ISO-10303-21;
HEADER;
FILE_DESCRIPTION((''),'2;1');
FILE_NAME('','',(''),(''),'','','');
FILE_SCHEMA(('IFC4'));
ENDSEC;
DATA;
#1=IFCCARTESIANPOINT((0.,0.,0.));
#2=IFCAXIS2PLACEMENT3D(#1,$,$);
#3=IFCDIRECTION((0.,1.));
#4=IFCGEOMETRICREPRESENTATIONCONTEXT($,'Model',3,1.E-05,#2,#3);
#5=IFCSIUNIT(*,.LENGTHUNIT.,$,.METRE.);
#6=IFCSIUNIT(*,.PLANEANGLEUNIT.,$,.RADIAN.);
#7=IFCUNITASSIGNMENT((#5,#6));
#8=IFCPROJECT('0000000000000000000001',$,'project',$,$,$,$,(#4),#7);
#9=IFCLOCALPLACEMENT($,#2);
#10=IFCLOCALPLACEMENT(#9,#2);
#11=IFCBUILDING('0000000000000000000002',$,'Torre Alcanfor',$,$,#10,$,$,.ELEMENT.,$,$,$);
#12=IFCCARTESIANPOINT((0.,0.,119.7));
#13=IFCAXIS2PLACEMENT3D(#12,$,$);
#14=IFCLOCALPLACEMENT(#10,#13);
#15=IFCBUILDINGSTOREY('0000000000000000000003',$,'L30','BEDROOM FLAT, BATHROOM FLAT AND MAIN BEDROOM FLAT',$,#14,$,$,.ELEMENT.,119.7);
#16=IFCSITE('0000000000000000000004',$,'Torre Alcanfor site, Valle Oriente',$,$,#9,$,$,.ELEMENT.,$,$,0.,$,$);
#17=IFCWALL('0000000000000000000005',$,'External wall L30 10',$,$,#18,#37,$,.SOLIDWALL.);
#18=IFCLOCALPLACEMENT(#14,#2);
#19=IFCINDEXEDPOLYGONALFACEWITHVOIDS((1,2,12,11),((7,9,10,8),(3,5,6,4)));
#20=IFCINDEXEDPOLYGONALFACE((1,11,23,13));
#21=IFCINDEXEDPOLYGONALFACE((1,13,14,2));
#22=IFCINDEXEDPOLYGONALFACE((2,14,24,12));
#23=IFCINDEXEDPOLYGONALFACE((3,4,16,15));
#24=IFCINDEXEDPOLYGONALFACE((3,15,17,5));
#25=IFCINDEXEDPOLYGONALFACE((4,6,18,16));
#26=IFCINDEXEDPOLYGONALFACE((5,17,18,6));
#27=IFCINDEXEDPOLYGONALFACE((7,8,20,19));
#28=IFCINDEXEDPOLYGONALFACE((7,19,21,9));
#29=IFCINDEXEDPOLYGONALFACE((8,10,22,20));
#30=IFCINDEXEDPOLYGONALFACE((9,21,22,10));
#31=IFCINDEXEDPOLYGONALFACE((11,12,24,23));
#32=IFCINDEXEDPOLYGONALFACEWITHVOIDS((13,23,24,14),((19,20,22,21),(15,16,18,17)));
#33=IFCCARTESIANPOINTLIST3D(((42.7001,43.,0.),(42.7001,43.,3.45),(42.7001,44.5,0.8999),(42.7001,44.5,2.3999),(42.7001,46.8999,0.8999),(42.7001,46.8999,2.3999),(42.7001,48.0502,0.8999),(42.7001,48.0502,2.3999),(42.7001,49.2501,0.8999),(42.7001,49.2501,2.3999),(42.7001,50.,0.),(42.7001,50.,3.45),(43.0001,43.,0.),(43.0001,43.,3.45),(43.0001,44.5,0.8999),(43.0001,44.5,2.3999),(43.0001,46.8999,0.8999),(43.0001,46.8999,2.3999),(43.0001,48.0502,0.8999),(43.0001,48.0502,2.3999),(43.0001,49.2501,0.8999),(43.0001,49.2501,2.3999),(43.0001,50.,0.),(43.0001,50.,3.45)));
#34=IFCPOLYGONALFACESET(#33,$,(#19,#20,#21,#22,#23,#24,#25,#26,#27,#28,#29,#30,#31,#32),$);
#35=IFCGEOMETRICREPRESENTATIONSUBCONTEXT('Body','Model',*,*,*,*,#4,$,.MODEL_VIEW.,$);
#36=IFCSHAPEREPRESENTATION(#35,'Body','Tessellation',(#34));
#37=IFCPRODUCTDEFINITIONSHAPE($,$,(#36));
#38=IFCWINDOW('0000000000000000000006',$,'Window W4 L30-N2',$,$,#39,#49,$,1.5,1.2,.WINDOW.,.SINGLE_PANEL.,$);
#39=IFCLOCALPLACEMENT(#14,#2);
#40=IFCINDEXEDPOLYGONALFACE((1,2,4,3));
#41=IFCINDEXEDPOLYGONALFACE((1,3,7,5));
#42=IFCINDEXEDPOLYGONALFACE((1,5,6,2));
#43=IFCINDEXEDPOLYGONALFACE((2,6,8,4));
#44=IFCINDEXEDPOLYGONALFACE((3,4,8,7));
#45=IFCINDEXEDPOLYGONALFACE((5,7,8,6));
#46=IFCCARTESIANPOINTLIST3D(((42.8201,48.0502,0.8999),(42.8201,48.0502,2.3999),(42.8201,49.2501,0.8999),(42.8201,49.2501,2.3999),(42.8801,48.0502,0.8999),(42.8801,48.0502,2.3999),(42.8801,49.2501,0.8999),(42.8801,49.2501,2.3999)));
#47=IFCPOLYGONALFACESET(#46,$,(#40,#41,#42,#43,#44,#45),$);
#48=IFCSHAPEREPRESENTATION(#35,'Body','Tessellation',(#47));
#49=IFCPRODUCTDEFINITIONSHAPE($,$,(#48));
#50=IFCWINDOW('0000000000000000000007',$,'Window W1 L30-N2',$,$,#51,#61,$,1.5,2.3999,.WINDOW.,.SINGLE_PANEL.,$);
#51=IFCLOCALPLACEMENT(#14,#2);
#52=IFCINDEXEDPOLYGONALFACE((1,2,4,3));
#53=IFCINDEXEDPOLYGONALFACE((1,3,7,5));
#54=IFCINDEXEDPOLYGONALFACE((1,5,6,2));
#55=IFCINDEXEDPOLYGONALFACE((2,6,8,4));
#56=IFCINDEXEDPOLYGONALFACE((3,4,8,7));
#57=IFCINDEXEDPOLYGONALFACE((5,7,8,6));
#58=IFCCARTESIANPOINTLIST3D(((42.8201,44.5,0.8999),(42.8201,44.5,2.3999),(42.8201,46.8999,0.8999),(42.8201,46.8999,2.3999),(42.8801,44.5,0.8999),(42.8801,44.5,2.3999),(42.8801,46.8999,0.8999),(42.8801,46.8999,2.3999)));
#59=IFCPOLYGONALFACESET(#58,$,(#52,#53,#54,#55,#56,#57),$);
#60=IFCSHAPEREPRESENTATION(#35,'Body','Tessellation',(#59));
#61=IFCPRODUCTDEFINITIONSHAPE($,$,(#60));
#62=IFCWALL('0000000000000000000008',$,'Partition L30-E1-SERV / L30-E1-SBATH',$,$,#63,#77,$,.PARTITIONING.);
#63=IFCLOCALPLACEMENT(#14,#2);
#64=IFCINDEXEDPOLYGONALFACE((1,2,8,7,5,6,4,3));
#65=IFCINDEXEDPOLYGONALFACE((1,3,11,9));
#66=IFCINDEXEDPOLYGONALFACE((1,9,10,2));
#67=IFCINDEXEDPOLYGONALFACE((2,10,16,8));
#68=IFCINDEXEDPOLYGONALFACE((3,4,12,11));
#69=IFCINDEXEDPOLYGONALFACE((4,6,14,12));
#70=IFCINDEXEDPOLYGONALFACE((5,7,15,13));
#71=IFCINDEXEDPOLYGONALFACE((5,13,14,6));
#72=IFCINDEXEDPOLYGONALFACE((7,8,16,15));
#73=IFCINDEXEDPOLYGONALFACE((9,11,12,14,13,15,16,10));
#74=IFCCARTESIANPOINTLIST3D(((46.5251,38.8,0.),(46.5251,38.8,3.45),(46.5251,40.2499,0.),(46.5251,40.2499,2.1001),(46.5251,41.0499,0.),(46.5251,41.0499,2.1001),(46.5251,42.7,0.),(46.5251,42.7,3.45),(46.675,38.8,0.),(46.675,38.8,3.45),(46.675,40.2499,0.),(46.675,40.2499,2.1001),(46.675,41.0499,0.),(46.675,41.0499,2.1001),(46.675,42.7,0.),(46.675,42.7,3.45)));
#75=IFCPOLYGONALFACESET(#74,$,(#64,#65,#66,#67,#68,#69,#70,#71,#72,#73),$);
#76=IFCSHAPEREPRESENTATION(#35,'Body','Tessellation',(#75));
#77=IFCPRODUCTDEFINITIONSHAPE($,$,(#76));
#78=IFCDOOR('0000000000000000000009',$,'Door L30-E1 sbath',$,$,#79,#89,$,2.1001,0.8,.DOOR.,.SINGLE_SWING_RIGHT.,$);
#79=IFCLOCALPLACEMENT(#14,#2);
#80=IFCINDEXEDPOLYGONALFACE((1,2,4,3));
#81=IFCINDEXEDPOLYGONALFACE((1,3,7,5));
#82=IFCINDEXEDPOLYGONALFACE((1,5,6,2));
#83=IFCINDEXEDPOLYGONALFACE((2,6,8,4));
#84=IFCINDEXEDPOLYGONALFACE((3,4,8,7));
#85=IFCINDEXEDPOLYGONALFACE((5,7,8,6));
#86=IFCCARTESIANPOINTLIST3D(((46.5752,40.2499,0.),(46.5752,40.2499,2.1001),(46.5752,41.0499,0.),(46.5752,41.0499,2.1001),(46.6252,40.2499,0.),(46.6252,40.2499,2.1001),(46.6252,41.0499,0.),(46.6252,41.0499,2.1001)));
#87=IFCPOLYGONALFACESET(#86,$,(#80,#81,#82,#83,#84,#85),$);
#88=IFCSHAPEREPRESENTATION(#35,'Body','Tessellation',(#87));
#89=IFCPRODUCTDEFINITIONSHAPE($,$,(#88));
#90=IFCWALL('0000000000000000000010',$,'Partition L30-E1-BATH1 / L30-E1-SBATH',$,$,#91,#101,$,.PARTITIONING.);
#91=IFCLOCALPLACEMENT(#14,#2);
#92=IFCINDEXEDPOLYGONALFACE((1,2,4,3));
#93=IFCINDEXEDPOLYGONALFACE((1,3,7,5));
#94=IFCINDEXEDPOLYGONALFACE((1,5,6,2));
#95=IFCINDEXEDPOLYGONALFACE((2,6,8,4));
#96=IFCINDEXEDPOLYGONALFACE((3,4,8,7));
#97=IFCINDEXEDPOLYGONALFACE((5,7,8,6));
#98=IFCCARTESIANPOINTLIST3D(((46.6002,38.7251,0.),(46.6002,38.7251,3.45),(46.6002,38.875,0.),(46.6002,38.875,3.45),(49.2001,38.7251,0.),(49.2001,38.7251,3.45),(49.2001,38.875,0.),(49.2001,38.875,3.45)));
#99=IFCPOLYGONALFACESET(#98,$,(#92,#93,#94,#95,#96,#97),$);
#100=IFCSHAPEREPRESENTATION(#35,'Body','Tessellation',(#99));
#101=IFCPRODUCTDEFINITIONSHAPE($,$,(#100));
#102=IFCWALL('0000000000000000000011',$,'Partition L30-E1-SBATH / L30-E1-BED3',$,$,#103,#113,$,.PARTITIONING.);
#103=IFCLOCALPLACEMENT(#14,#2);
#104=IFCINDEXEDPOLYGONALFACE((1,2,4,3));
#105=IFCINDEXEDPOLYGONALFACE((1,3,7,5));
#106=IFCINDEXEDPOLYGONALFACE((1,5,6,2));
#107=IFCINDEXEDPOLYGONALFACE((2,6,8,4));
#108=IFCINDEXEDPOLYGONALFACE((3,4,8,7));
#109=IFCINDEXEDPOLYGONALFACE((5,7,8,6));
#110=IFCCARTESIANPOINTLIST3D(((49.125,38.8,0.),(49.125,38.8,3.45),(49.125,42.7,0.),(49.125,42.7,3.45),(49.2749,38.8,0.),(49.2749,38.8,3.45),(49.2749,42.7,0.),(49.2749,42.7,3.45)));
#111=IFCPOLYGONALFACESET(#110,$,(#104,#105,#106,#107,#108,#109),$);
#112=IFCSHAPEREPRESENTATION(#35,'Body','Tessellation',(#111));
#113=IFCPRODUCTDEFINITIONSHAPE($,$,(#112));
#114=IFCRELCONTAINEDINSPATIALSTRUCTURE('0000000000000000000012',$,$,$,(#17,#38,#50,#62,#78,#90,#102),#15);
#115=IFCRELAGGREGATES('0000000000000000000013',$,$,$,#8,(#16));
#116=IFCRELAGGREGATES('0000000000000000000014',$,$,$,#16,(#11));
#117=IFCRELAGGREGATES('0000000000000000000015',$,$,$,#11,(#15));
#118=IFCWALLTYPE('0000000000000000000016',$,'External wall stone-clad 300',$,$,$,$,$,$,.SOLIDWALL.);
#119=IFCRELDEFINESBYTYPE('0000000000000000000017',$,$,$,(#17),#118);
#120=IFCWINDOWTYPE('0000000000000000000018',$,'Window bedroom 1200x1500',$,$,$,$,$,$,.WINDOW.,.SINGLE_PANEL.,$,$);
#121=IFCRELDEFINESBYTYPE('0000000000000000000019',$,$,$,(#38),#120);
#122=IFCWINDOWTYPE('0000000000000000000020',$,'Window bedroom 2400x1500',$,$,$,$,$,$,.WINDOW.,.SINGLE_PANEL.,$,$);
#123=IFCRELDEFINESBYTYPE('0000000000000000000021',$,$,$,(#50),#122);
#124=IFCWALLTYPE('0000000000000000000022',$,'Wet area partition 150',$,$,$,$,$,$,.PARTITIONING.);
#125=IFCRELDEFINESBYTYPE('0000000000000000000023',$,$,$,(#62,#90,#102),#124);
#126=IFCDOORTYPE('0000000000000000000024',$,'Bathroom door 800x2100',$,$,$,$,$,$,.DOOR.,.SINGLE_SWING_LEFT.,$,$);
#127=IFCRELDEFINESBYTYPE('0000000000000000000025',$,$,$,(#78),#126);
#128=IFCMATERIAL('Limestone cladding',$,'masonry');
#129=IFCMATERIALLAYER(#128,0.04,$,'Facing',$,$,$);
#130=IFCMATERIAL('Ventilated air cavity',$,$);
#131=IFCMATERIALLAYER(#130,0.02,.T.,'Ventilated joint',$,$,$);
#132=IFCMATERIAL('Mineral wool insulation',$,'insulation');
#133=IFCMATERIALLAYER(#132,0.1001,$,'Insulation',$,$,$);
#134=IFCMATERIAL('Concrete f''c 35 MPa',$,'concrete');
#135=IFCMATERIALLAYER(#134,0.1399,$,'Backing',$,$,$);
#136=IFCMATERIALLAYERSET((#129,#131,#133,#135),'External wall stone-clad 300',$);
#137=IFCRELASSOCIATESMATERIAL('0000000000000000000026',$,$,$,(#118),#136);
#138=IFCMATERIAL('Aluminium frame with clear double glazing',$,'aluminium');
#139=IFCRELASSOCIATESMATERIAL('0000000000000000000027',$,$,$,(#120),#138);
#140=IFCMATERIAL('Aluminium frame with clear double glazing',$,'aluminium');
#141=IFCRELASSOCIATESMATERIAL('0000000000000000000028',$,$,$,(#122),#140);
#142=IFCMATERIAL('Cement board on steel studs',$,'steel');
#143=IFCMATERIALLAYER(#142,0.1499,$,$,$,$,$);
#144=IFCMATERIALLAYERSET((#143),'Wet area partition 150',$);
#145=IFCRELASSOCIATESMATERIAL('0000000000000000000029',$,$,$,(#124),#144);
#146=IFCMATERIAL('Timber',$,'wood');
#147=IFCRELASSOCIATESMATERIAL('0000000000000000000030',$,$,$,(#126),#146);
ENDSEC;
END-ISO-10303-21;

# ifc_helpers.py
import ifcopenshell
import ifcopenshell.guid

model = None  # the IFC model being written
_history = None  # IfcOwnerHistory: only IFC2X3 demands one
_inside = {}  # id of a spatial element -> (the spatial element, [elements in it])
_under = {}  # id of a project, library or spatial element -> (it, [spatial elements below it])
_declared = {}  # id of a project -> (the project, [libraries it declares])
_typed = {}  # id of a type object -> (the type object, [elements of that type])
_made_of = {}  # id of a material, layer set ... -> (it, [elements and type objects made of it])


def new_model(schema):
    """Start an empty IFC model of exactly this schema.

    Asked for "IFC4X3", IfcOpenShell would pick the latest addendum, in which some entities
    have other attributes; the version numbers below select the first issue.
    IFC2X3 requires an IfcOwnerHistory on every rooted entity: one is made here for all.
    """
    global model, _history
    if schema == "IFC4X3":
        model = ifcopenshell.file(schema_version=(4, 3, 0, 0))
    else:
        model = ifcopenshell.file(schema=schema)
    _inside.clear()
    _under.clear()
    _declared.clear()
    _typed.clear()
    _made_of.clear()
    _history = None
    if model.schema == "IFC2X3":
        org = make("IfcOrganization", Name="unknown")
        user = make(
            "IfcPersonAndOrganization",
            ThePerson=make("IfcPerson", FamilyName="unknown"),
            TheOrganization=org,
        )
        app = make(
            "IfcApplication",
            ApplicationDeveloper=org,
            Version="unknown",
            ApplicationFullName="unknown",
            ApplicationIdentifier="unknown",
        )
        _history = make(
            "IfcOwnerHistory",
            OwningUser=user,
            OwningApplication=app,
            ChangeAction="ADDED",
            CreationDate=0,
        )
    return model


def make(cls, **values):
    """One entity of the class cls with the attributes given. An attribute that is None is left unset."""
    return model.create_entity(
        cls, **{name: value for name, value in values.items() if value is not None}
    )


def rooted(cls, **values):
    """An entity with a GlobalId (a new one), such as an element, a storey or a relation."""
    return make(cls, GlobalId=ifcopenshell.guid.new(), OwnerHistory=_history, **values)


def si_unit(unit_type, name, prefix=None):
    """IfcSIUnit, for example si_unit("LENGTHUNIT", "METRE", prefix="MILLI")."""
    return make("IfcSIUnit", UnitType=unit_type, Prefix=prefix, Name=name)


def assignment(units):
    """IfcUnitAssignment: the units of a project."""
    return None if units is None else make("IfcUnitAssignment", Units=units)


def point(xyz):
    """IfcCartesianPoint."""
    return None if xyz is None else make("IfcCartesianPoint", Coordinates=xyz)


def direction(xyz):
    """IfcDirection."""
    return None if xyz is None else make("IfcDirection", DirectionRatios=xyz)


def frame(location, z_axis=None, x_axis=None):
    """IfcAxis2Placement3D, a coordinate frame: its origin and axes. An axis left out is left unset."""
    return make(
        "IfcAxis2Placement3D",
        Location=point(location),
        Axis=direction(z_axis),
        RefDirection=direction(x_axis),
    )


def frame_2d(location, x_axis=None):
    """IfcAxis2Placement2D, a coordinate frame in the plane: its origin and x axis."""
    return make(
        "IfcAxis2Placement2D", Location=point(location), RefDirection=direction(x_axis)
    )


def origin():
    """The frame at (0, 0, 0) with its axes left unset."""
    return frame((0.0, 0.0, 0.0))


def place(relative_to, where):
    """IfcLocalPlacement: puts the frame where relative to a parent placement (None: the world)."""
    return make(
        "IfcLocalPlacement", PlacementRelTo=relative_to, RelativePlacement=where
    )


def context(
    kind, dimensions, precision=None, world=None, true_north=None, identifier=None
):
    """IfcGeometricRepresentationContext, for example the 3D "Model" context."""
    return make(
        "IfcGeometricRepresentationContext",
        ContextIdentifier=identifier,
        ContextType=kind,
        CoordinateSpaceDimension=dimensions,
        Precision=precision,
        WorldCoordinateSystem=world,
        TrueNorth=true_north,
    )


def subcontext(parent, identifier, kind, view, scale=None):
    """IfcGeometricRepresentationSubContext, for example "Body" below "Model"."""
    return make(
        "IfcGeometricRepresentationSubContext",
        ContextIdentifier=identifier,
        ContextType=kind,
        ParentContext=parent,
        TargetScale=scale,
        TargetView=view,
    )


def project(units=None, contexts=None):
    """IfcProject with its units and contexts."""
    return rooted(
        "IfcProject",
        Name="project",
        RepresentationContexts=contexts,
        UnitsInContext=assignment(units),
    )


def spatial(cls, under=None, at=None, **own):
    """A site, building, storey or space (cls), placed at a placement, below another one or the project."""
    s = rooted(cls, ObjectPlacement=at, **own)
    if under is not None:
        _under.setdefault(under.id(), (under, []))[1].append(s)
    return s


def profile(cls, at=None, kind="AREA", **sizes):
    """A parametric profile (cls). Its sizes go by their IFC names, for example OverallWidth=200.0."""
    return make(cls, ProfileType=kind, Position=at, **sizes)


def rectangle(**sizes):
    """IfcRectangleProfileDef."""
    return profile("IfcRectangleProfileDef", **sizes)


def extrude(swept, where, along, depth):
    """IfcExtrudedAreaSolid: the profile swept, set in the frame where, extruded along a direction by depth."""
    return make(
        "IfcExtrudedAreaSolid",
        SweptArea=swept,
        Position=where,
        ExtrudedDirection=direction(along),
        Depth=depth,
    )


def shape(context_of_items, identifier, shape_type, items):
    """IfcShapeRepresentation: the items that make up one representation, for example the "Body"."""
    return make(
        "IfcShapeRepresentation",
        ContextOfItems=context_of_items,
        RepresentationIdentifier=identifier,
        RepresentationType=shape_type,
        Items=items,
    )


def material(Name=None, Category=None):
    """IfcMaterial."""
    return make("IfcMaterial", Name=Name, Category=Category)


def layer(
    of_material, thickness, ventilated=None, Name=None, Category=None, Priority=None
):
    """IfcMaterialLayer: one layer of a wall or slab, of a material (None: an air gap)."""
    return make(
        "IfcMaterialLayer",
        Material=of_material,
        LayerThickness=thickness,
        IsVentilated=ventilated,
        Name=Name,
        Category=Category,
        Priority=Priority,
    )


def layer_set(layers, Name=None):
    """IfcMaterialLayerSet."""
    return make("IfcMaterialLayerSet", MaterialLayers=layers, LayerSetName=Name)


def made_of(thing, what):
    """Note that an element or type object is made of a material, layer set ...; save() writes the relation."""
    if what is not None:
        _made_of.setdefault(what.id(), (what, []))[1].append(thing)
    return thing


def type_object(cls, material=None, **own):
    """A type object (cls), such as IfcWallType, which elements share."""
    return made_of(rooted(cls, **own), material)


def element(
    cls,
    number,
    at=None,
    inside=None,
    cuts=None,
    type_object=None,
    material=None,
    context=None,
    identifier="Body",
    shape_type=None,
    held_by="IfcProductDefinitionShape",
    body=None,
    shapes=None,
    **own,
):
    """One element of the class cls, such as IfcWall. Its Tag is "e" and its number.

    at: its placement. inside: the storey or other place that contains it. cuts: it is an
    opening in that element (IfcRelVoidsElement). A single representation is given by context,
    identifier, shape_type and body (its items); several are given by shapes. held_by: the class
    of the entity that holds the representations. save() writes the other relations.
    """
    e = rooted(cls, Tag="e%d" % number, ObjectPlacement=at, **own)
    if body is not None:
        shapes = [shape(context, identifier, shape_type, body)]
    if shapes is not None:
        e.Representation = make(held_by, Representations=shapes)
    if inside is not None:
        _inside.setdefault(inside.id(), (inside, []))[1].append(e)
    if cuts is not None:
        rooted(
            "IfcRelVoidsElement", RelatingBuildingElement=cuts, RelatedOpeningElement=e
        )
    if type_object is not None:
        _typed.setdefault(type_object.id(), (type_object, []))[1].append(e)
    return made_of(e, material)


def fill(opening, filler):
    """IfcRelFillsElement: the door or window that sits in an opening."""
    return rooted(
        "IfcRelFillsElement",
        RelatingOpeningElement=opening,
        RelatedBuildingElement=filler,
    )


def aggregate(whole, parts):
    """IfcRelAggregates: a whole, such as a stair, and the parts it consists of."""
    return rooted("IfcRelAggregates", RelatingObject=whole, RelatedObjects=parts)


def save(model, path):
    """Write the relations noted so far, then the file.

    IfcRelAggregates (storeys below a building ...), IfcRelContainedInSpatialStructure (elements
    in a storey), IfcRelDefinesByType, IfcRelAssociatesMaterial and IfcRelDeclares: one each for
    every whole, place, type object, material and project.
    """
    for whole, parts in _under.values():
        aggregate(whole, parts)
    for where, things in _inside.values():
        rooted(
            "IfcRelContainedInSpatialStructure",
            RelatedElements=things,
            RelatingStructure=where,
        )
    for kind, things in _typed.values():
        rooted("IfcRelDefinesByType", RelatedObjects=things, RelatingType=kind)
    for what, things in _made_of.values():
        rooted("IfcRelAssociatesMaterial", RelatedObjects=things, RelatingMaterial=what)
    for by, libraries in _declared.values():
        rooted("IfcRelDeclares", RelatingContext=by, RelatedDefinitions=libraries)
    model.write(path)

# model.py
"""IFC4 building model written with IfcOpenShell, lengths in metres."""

from ifc_helpers import new_model, si_unit, direction, frame, frame_2d, origin, place, context, subcontext, project, spatial, rectangle, extrude, material, layer, layer_set, type_object, element, fill, save


model = new_model("IFC4")

# Units and contexts
model_context = context("Model", 3, precision=1e-05, world=origin(), true_north=direction((0.0, 1.0)))
body_context = subcontext(model_context, "Body", "Model", "MODEL_VIEW")
ifc_project = project(units=[si_unit("LENGTHUNIT", "METRE"), si_unit("PLANEANGLEUNIT", "RADIAN")], contexts=[model_context])

# Site, building, storey
site_placement = place(None, origin())
site = spatial("IfcSite", under=ifc_project, at=site_placement, Name="Torre Alcanfor site, Valle Oriente", CompositionType="ELEMENT", RefElevation=0.0)
building_placement = place(site_placement, origin())
building = spatial("IfcBuilding", under=site, at=building_placement, Name="Torre Alcanfor", CompositionType="ELEMENT")
storey_placement = place(building_placement, frame((0.0, 0.0, 119.7)))
storey = spatial("IfcBuildingStorey", under=building, at=storey_placement, Name="L30", Description="BEDROOM FLAT, BATHROOM FLAT AND MAIN BEDROOM FLAT", CompositionType="ELEMENT", Elevation=119.7)

# Wall, openings, windows
ifc_material_1 = material(Name="Limestone cladding", Category="masonry")
ifc_layer_1 = layer(ifc_material_1, 0.04, Name="Facing")
ifc_material_2 = material(Name="Ventilated air cavity")
ifc_layer_2 = layer(ifc_material_2, 0.02, ventilated=True, Name="Ventilated joint")
ifc_material_3 = material(Name="Mineral wool insulation", Category="insulation")
ifc_layer_3 = layer(ifc_material_3, 0.1001, Name="Insulation")
ifc_material_4 = material(Name="Concrete f'c 35 MPa", Category="concrete")
ifc_layer_4 = layer(ifc_material_4, 0.1399, Name="Backing")
ifc_layer_set_1 = layer_set([ifc_layer_1, ifc_layer_2, ifc_layer_3, ifc_layer_4], Name="External wall stone-clad 300")
wall_type_1 = type_object("IfcWallType", Name="External wall stone-clad 300", PredefinedType="SOLIDWALL", material=ifc_layer_set_1)
wall_1_placement = place(storey_placement, frame((42.8501, 43.0, 0.0), z_axis=(0.0, 0.0, 1.0), x_axis=(0.0, 1.0, 0.0)))
wall_1 = element("IfcWall", 1, at=wall_1_placement, inside=storey, type_object=wall_type_1, Name="External wall L30 10", PredefinedType="SOLIDWALL", context=body_context, shape_type="SweptSolid", body=[
    extrude(rectangle(XDim=7.0, YDim=0.3, at=frame_2d((3.5, 0.0))), origin(), (0.0, 0.0, 1.0), 3.45),
])
opening_1_placement = place(wall_1_placement, frame((1.5, 0.0, 0.8999)))
opening_1 = element("IfcOpeningElement", 2, at=opening_1_placement, cuts=wall_1, PredefinedType="OPENING", context=body_context, shape_type="SweptSolid", body=[
    extrude(rectangle(XDim=2.3999, YDim=1.5, at=frame_2d((1.2, 0.75))), frame((0.0, 0.1599, 0.0), z_axis=(0.0, -1.0, 0.0), x_axis=(1.0, 0.0, 0.0)), (0.0, 0.0, 1.0), 0.3201),
])
opening_2_placement = place(wall_1_placement, frame((5.05, 0.0, 0.8999)))
opening_2 = element("IfcOpeningElement", 3, at=opening_2_placement, cuts=wall_1, PredefinedType="OPENING", context=body_context, shape_type="SweptSolid", body=[
    extrude(rectangle(XDim=1.2, YDim=1.5, at=frame_2d((0.6001, 0.75))), frame((0.0, 0.1599, 0.0), z_axis=(0.0, -1.0, 0.0), x_axis=(1.0, 0.0, 0.0)), (0.0, 0.0, 1.0), 0.3201),
])
ifc_material_5 = material(Name="Aluminium frame with clear double glazing", Category="aluminium")
window_type_1 = type_object("IfcWindowType", Name="Window bedroom 1200x1500", PartitioningType="SINGLE_PANEL", PredefinedType="WINDOW", material=ifc_material_5)
window_1_placement = place(opening_2_placement, origin())
window_1 = element("IfcWindow", 4, at=window_1_placement, inside=storey, type_object=window_type_1, Name="Window W4 L30-N2", OverallHeight=1.5, OverallWidth=1.2, PartitioningType="SINGLE_PANEL", PredefinedType="WINDOW", context=body_context, shape_type="SweptSolid", body=[
    extrude(rectangle(XDim=1.2, YDim=1.5, at=frame_2d((0.6001, 0.75))), frame((0.0, 0.03, 0.0), z_axis=(0.0, -1.0, 0.0), x_axis=(1.0, 0.0, 0.0)), (0.0, 0.0, 1.0), 0.0601),
])
fill(opening_2, window_1)
ifc_material_6 = material(Name="Aluminium frame with clear double glazing", Category="aluminium")
window_type_2 = type_object("IfcWindowType", Name="Window bedroom 2400x1500", PartitioningType="SINGLE_PANEL", PredefinedType="WINDOW", material=ifc_material_6)
window_2_placement = place(opening_1_placement, origin())
window_2 = element("IfcWindow", 5, at=window_2_placement, inside=storey, type_object=window_type_2, Name="Window W1 L30-N2", OverallHeight=1.5, OverallWidth=2.3999, PartitioningType="SINGLE_PANEL", PredefinedType="WINDOW", context=body_context, shape_type="SweptSolid", body=[
    extrude(rectangle(XDim=2.3999, YDim=1.5, at=frame_2d((1.2, 0.75))), frame((0.0, 0.03, 0.0), z_axis=(0.0, -1.0, 0.0), x_axis=(1.0, 0.0, 0.0)), (0.0, 0.0, 1.0), 0.0601),
])
fill(opening_1, window_2)

# Wall, opening, door
ifc_material_7 = material(Name="Cement board on steel studs", Category="steel")
ifc_layer_5 = layer(ifc_material_7, 0.1499)
ifc_layer_set_2 = layer_set([ifc_layer_5], Name="Wet area partition 150")
wall_type_2 = type_object("IfcWallType", Name="Wet area partition 150", PredefinedType="PARTITIONING", material=ifc_layer_set_2)
wall_2_placement = place(storey_placement, frame((46.6001, 38.8, 0.0), z_axis=(0.0, 0.0, 1.0), x_axis=(0.0, 1.0, 0.0)))
wall_2 = element("IfcWall", 6, at=wall_2_placement, inside=storey, type_object=wall_type_2, Name="Partition L30-E1-SERV / L30-E1-SBATH", PredefinedType="PARTITIONING", context=body_context, shape_type="SweptSolid", body=[
    extrude(rectangle(XDim=3.8999, YDim=0.1499, at=frame_2d((1.95, 0.0))), origin(), (0.0, 0.0, 1.0), 3.45),
])
opening_3_placement = place(wall_2_placement, frame((1.45, 0.0, 0.0)))
opening_3 = element("IfcOpeningElement", 7, at=opening_3_placement, cuts=wall_2, PredefinedType="OPENING", context=body_context, shape_type="SweptSolid", body=[
    extrude(rectangle(XDim=0.8, YDim=2.1001, at=frame_2d((0.3999, 1.05))), frame((0.0, 0.085, 0.0), z_axis=(0.0, -1.0, 0.0), x_axis=(1.0, 0.0, 0.0)), (0.0, 0.0, 1.0), 0.1699),
])
ifc_material_8 = material(Name="Timber", Category="wood")
door_type = type_object("IfcDoorType", Name="Bathroom door 800x2100", OperationType="SINGLE_SWING_LEFT", PredefinedType="DOOR", material=ifc_material_8)
door_placement = place(opening_3_placement, frame((0.8, 0.0, 0.0), z_axis=(0.0, 0.0, 1.0), x_axis=(-1.0, 0.0, 0.0)))
door = element("IfcDoor", 8, at=door_placement, inside=storey, type_object=door_type, Name="Door L30-E1 sbath", OperationType="SINGLE_SWING_RIGHT", OverallHeight=2.1001, OverallWidth=0.8, PredefinedType="DOOR", context=body_context, shape_type="SweptSolid", body=[
    extrude(rectangle(XDim=0.8, YDim=2.1001, at=frame_2d((0.4001, 1.05))), frame((0.0, 0.0251, 0.0), z_axis=(0.0, -1.0, 0.0), x_axis=(1.0, 0.0, 0.0)), (0.0, 0.0, 1.0), 0.05),
])
fill(opening_3, door)

# Walls
wall_3_placement = place(storey_placement, frame((49.2, 38.8, 0.0), z_axis=(0.0, 0.0, 1.0), x_axis=(-1.0, 0.0, 0.0)))
element("IfcWall", 9, at=wall_3_placement, inside=storey, type_object=wall_type_2, Name="Partition L30-E1-BATH1 / L30-E1-SBATH", PredefinedType="PARTITIONING", context=body_context, shape_type="SweptSolid", body=[
    extrude(rectangle(XDim=2.5999, YDim=0.1499, at=frame_2d((1.2998, 0.0))), origin(), (0.0, 0.0, 1.0), 3.45),
])
wall_4_placement = place(storey_placement, frame((49.2, 38.8, 0.0), z_axis=(0.0, 0.0, 1.0), x_axis=(0.0, 1.0, 0.0)))
element("IfcWall", 10, at=wall_4_placement, inside=storey, type_object=wall_type_2, Name="Partition L30-E1-SBATH / L30-E1-BED3", PredefinedType="PARTITIONING", context=body_context, shape_type="SweptSolid", body=[
    extrude(rectangle(XDim=3.8999, YDim=0.1499, at=frame_2d((1.95, 0.0))), origin(), (0.0, 0.0, 1.0), 3.45),
])

save(model, "model.ifc")
